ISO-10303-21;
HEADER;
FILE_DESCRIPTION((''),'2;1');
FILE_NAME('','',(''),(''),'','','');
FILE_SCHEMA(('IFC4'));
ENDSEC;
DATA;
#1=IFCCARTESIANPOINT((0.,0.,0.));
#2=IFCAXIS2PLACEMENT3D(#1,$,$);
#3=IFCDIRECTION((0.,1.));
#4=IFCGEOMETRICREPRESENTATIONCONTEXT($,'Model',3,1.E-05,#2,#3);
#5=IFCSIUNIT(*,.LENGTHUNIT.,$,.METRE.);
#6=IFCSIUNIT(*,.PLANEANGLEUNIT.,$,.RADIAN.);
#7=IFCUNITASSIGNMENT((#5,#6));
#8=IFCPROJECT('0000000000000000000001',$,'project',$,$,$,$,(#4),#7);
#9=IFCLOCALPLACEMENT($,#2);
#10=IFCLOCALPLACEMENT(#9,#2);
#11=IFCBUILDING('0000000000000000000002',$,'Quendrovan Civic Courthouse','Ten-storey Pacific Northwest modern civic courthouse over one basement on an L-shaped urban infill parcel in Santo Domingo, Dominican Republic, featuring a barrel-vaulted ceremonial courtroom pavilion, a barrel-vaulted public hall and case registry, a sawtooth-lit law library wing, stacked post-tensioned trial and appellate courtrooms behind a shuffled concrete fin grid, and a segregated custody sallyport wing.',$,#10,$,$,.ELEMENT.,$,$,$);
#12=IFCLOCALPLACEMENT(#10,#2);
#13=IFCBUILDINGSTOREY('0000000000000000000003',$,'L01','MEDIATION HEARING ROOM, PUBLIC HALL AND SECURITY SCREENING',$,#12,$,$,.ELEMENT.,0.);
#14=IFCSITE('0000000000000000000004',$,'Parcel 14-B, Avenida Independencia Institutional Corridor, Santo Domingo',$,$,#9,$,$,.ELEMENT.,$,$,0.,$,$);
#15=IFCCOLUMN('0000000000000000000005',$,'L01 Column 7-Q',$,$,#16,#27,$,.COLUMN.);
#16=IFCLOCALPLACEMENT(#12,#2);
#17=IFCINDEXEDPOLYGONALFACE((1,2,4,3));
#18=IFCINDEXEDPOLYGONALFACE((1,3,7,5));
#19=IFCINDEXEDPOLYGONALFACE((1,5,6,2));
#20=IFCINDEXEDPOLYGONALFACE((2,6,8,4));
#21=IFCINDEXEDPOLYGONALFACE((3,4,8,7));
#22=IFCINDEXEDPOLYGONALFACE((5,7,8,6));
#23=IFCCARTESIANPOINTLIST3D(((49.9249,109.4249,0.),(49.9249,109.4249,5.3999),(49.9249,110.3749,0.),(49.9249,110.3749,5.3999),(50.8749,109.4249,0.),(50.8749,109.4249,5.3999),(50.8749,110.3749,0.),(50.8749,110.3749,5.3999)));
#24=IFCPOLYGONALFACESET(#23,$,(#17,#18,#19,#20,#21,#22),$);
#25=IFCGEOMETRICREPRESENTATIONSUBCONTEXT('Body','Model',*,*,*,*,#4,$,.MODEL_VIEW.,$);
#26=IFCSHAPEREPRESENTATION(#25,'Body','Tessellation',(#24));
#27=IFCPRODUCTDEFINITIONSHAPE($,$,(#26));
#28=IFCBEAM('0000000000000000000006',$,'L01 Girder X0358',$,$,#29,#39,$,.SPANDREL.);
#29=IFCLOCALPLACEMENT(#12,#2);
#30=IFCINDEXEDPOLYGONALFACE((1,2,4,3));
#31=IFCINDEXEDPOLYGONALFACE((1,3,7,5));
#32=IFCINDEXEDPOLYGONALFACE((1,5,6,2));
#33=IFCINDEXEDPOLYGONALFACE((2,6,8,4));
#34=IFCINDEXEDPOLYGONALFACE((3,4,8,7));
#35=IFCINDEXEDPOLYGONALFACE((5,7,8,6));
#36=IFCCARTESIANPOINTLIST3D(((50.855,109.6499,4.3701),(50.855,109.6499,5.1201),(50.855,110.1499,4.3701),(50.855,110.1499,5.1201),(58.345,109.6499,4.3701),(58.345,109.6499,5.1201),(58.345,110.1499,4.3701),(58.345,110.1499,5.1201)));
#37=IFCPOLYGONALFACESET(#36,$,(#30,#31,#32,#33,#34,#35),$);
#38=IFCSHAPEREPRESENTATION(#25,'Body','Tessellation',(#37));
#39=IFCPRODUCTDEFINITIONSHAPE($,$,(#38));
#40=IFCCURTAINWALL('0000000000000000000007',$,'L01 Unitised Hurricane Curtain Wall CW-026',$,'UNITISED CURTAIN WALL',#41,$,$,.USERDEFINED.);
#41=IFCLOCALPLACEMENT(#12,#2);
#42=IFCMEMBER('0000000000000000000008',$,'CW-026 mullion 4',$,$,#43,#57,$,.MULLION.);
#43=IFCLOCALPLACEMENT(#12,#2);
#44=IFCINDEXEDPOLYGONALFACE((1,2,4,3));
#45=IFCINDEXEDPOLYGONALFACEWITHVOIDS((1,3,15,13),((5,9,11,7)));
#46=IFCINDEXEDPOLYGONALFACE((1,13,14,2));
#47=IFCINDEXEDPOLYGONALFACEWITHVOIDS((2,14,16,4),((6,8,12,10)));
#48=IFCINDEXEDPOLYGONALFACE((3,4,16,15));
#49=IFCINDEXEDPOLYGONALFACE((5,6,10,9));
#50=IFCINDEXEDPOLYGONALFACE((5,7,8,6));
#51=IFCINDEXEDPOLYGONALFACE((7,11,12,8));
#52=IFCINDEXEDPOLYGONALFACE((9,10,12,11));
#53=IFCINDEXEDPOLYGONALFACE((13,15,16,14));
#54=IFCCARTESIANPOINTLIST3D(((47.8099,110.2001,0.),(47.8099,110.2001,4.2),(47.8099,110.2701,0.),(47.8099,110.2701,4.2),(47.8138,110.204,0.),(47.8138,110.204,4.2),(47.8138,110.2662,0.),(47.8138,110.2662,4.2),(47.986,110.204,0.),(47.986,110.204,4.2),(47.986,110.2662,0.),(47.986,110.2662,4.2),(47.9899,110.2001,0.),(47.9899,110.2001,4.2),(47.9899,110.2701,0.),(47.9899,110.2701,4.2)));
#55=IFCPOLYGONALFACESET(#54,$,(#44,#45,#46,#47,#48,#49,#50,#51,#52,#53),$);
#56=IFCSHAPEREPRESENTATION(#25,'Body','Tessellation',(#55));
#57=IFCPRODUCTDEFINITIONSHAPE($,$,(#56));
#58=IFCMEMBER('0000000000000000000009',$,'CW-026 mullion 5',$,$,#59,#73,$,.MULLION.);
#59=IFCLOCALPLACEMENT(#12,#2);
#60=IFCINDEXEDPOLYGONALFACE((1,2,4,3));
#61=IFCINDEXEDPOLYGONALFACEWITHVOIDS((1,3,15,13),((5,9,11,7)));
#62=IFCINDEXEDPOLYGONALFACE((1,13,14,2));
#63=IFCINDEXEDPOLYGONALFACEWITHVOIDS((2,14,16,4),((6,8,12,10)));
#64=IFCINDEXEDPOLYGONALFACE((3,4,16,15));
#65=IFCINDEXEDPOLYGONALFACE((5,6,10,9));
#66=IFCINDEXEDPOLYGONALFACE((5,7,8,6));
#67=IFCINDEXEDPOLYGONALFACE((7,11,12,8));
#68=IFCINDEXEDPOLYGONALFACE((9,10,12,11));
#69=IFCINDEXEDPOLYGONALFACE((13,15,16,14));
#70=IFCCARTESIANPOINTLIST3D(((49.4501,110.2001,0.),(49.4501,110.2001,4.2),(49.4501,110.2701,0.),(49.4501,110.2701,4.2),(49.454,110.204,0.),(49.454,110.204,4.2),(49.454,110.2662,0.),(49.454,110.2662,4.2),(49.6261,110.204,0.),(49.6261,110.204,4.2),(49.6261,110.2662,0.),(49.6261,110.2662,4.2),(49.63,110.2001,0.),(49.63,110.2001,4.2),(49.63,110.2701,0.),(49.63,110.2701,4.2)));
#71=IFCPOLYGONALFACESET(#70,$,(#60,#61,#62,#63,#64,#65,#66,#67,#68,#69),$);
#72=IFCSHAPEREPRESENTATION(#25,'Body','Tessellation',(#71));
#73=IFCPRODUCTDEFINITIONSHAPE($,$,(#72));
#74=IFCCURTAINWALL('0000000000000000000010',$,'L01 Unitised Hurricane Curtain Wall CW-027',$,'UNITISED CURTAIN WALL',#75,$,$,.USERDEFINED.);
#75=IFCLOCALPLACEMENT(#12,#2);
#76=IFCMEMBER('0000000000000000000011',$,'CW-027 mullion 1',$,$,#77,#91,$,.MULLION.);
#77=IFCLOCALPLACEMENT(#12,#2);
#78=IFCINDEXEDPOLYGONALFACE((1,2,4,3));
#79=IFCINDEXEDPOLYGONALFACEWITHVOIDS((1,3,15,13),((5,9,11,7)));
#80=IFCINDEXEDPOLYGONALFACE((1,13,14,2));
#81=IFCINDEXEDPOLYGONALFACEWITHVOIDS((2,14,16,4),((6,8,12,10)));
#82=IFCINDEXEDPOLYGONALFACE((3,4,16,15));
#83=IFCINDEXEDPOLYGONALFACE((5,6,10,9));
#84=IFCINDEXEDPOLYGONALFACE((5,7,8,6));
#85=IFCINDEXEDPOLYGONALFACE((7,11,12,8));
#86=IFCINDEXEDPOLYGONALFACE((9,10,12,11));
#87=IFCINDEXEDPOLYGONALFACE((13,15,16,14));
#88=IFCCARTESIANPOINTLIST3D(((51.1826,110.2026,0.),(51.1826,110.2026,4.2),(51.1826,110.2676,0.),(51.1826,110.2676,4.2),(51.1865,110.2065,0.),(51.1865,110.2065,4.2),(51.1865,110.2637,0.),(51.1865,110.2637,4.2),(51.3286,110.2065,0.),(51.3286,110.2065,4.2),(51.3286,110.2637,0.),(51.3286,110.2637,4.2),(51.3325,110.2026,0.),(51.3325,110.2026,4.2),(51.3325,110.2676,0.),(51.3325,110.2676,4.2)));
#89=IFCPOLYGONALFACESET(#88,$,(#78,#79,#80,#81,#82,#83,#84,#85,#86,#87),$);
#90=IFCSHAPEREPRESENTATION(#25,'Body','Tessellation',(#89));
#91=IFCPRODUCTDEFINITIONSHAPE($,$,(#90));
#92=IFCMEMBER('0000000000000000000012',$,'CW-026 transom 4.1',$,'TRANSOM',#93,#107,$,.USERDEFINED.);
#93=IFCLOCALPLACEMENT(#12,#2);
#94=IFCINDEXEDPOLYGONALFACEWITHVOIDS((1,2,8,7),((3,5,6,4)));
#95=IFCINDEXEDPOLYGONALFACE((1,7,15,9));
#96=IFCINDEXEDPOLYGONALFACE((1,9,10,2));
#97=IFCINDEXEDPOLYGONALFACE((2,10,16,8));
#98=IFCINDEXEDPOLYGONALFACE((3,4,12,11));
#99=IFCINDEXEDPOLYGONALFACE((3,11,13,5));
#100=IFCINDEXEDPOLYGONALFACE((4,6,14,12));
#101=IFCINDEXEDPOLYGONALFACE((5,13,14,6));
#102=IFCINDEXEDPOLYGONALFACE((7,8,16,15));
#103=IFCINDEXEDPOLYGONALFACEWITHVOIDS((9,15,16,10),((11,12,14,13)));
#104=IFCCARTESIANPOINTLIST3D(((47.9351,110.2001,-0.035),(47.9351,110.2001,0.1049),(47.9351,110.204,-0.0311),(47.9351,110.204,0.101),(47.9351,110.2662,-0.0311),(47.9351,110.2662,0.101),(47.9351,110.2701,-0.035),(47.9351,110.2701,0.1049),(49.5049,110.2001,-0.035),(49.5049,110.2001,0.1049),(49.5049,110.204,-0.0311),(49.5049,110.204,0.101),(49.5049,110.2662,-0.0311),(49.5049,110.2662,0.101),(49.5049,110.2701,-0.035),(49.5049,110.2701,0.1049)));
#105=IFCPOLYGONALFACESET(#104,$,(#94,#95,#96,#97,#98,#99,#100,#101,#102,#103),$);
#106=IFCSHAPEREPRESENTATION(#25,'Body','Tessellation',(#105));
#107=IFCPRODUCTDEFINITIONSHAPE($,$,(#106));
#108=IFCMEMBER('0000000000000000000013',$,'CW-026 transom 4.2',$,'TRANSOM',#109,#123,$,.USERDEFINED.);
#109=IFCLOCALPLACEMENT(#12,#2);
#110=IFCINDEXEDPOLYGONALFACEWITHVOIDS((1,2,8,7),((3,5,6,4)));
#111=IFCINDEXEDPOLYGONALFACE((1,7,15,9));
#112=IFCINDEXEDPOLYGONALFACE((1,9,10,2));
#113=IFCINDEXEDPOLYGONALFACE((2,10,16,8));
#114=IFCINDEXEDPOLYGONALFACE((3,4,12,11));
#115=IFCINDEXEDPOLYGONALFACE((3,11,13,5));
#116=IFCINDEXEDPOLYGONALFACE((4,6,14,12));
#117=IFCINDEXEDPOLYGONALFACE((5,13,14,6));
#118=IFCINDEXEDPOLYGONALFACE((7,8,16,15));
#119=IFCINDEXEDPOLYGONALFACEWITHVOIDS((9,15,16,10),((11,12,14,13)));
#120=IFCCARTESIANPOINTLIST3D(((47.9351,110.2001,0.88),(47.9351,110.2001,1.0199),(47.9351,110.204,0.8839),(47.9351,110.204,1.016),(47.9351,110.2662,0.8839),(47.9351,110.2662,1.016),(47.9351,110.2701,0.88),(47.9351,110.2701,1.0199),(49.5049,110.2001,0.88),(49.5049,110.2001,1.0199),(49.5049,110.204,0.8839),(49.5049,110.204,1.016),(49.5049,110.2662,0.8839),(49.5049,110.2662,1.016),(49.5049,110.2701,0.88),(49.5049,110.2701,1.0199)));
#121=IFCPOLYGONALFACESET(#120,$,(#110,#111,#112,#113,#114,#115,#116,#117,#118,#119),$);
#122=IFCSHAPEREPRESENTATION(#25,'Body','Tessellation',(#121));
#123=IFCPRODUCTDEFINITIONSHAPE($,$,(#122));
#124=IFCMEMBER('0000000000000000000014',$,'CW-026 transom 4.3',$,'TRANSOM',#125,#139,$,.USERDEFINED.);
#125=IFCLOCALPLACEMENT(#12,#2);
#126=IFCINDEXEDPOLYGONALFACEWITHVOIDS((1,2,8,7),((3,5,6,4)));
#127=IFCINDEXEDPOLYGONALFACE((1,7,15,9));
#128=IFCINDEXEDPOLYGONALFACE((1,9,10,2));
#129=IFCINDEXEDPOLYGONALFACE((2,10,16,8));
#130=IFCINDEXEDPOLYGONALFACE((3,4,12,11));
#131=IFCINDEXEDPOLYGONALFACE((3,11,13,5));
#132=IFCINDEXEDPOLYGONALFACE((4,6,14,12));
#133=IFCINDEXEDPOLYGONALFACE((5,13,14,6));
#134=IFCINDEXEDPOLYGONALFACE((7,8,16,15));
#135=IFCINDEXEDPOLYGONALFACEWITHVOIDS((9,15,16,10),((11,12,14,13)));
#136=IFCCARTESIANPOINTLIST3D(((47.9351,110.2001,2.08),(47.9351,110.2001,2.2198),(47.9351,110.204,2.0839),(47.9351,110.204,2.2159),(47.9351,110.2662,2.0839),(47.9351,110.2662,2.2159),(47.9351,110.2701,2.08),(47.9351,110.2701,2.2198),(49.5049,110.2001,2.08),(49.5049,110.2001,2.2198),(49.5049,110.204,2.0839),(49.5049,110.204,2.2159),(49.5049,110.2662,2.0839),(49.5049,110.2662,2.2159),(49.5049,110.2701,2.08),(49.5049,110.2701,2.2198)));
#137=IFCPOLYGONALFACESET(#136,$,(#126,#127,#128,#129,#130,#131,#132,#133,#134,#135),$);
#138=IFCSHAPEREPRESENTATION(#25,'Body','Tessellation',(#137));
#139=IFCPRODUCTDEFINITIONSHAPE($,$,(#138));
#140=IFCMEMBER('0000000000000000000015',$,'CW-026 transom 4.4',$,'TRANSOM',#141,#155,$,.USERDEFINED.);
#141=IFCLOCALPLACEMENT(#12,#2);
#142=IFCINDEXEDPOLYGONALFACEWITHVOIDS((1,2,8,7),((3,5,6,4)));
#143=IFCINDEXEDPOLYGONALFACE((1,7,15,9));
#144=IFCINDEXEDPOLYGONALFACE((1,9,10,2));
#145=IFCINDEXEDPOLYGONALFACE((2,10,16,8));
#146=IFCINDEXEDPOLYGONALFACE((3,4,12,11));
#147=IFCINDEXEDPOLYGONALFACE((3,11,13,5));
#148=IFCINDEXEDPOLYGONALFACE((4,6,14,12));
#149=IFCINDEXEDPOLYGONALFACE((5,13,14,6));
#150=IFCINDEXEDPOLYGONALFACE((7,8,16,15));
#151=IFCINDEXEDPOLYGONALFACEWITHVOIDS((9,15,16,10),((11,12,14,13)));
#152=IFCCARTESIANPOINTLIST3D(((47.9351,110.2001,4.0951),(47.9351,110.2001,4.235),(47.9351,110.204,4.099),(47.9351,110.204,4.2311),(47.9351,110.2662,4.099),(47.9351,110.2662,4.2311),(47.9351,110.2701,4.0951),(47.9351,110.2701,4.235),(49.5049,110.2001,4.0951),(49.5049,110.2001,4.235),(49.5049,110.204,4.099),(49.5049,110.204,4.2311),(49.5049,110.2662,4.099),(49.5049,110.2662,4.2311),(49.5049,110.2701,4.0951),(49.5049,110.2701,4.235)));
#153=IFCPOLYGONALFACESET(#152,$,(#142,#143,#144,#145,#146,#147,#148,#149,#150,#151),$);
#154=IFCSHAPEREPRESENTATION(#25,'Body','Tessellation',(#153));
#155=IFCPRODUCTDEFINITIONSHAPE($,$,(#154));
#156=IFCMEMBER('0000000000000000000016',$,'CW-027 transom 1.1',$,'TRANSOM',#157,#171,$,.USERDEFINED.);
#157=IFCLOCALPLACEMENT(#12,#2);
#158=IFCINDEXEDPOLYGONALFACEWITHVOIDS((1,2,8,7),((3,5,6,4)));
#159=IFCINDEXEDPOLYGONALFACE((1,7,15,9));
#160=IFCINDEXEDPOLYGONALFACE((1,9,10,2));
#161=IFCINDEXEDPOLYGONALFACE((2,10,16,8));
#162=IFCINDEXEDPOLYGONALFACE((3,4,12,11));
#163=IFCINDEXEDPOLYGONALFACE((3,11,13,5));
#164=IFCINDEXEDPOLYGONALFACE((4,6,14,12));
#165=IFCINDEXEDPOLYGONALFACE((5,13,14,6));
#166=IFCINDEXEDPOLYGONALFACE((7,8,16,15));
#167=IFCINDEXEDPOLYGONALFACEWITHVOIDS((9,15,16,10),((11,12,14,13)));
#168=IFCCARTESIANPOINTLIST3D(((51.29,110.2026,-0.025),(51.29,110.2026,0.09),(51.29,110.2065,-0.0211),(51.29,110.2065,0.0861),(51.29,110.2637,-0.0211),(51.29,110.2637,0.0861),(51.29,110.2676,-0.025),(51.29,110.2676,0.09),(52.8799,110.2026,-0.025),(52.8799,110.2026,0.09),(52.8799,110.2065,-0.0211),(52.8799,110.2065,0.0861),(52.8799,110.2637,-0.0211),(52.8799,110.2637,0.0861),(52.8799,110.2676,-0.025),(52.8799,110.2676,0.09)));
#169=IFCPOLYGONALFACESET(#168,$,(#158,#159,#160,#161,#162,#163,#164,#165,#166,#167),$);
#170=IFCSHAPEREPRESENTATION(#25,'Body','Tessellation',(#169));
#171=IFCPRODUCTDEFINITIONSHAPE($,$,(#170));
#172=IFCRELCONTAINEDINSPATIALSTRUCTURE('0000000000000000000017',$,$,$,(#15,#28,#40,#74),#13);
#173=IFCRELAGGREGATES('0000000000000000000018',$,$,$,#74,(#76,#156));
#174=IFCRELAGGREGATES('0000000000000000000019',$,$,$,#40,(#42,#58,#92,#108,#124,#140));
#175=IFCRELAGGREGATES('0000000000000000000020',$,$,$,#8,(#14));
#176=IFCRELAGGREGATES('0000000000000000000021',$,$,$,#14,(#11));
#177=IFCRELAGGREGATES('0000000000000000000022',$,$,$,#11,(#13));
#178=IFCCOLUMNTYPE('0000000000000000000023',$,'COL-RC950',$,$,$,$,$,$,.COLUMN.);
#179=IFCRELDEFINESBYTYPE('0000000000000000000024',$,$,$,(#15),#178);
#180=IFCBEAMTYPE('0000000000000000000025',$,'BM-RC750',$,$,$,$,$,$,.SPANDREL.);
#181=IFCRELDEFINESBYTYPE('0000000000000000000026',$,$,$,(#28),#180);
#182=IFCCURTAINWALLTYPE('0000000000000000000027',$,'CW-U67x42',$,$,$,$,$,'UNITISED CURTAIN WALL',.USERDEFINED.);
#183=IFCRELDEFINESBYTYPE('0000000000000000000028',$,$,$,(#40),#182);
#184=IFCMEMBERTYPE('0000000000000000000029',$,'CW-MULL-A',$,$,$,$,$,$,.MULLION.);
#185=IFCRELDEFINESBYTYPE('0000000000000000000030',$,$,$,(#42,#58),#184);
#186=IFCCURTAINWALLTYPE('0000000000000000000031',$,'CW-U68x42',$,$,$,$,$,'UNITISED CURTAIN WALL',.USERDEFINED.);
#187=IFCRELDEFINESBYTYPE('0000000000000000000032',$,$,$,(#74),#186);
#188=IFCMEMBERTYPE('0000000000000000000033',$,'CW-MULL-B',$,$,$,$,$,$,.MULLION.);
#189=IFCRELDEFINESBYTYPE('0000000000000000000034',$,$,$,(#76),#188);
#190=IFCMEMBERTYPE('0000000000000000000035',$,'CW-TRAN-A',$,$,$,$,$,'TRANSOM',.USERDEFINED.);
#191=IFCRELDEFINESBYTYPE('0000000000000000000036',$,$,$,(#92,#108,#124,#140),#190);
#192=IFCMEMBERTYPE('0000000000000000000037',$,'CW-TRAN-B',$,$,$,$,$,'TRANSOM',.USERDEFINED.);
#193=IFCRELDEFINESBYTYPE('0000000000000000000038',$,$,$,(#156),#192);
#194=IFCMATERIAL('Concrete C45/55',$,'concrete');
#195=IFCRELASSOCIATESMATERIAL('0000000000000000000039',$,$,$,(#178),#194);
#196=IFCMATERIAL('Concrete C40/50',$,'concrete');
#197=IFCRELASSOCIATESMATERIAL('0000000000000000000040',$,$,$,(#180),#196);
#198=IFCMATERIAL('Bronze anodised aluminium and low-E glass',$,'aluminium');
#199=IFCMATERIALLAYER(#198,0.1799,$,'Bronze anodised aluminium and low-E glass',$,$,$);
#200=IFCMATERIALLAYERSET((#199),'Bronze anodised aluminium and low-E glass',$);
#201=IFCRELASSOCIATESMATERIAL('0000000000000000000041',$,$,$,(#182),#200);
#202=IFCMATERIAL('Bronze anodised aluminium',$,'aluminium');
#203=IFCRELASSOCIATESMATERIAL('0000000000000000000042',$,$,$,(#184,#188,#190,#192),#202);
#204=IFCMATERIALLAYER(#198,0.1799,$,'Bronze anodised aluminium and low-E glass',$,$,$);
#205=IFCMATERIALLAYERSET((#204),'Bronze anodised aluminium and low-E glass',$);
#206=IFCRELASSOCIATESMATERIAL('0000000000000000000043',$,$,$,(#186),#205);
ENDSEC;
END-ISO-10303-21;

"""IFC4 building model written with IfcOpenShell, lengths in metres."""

from ifc_helpers import new_model, si_unit, direction, frame, origin, origin_2d, place, context, subcontext, project, spatial, rectangle, hollow_rectangle, extrude, material, layer, layer_set, material_profile, profile_set, type_object, element, aggregate, save


model = new_model("IFC4")

# Units and contexts
model_context = context("Model", 3, precision=1e-05, world=origin(), true_north=direction((0.0, 1.0)))
body_context = subcontext(model_context, "Body", "Model", "MODEL_VIEW")
ifc_project = project(units=[si_unit("LENGTHUNIT", "METRE"), si_unit("PLANEANGLEUNIT", "RADIAN")], contexts=[model_context])

# Site, building, storey
site_placement = place(None, origin())
site = spatial("IfcSite", under=ifc_project, at=site_placement, Name="Parcel 14-B, Avenida Independencia Institutional Corridor, Santo Domingo", CompositionType="ELEMENT", RefElevation=0.0)
building_placement = place(site_placement, origin())
building = spatial("IfcBuilding", under=site, at=building_placement, Name="Quendrovan Civic Courthouse", Description="Ten-storey Pacific Northwest modern civic courthouse over one basement on an L-shaped urban infill parcel in Santo Domingo, Dominican Republic, featuring a barrel-vaulted ceremonial courtroom pavilion, a barrel-vaulted public hall and case registry, a sawtooth-lit law library wing, stacked post-tensioned trial and appellate courtrooms behind a shuffled concrete fin grid, and a segregated custody sallyport wing.", CompositionType="ELEMENT")
storey_placement = place(building_placement, origin())
storey = spatial("IfcBuildingStorey", under=building, at=storey_placement, Name="L01", Description="MEDIATION HEARING ROOM, PUBLIC HALL AND SECURITY SCREENING", CompositionType="ELEMENT", Elevation=0.0)

# Column
ifc_material_1 = material(Name="Concrete C45/55", Category="concrete")
ifc_material_profile_1 = material_profile(ifc_material_1, rectangle(XDim=0.95, YDim=0.95, at=origin_2d()), Name="RC-COL-950x950")
ifc_profile_set_1 = profile_set([ifc_material_profile_1], Name="Concrete C45/55")
column_type = type_object("IfcColumnType", Name="COL-RC950", PredefinedType="COLUMN", material=ifc_profile_set_1)
column_placement = place(storey_placement, frame((50.3999, 109.8999, 0.0), z_axis=(0.0, 0.0, 1.0), x_axis=(1.0, 0.0, 0.0)))
element("IfcColumn", 1, at=column_placement, inside=storey, type_object=column_type, Name="L01 Column 7-Q", PredefinedType="COLUMN", context=body_context, shape_type="SweptSolid", body=[
    extrude(rectangle(XDim=0.95, YDim=0.95, at=origin_2d()), origin(), (0.0, 0.0, 1.0), 5.3999),
])

# Beam
ifc_material_2 = material(Name="Concrete C40/50", Category="concrete")
ifc_material_profile_2 = material_profile(ifc_material_2, rectangle(XDim=0.5, YDim=0.75, at=origin_2d()), Name="RC-BM-500x750")
ifc_profile_set_2 = profile_set([ifc_material_profile_2], Name="Concrete C40/50")
beam_type = type_object("IfcBeamType", Name="BM-RC750", PredefinedType="SPANDREL", material=ifc_profile_set_2)
beam_placement = place(storey_placement, frame((50.855, 109.8999, 4.7451), z_axis=(1.0, 0.0, 0.0), x_axis=(0.0, 1.0, 0.0)))
element("IfcBeam", 2, at=beam_placement, inside=storey, type_object=beam_type, Name="L01 Girder X0358", PredefinedType="SPANDREL", context=body_context, shape_type="SweptSolid", body=[
    extrude(rectangle(XDim=0.5, YDim=0.75, at=origin_2d()), origin(), (0.0, 0.0, 1.0), 7.49),
])

# Curtain wall, members
ifc_material_3 = material(Name="Bronze anodised aluminium and low-E glass", Category="aluminium")
ifc_layer_1 = layer(ifc_material_3, 0.1799, Name="Bronze anodised aluminium and low-E glass")
ifc_layer_set_1 = layer_set([ifc_layer_1], Name="Bronze anodised aluminium and low-E glass")
curtain_wall_type_1 = type_object("IfcCurtainWallType", Name="CW-U67x42", ElementType="UNITISED CURTAIN WALL", PredefinedType="USERDEFINED", material=ifc_layer_set_1)
curtain_wall_1_placement = place(storey_placement, origin())
curtain_wall_1 = element("IfcCurtainWall", 3, at=curtain_wall_1_placement, inside=storey, type_object=curtain_wall_type_1, Name="L01 Unitised Hurricane Curtain Wall CW-026", ObjectType="UNITISED CURTAIN WALL", PredefinedType="USERDEFINED")
ifc_material_4 = material(Name="Bronze anodised aluminium", Category="aluminium")
ifc_material_profile_3 = material_profile(ifc_material_4, hollow_rectangle(XDim=0.0701, YDim=0.1799, WallThickness=0.0039, at=origin_2d()), Name="CW-MULL-70x180")
ifc_profile_set_3 = profile_set([ifc_material_profile_3], Name="Bronze anodised aluminium")
member_type_1 = type_object("IfcMemberType", Name="CW-MULL-A", PredefinedType="MULLION", material=ifc_profile_set_3)
member_1_placement = place(storey_placement, frame((47.8999, 110.2351, 0.0), z_axis=(0.0, 0.0, 1.0), x_axis=(0.0, 1.0, 0.0)))
member_1 = element("IfcMember", 4, at=member_1_placement, type_object=member_type_1, Name="CW-026 mullion 4", PredefinedType="MULLION", context=body_context, shape_type="SweptSolid", body=[
    extrude(hollow_rectangle(XDim=0.0701, YDim=0.1799, WallThickness=0.0039, at=origin_2d()), origin(), (0.0, 0.0, 1.0), 4.2),
])
member_2_placement = place(storey_placement, frame((49.54, 110.2351, 0.0), z_axis=(0.0, 0.0, 1.0), x_axis=(0.0, 1.0, 0.0)))
member_2 = element("IfcMember", 5, at=member_2_placement, type_object=member_type_1, Name="CW-026 mullion 5", PredefinedType="MULLION", context=body_context, shape_type="SweptSolid", body=[
    extrude(hollow_rectangle(XDim=0.0701, YDim=0.1799, WallThickness=0.0039, at=origin_2d()), origin(), (0.0, 0.0, 1.0), 4.2),
])

# Curtain wall, member
ifc_layer_2 = layer(ifc_material_3, 0.1799, Name="Bronze anodised aluminium and low-E glass")
ifc_layer_set_2 = layer_set([ifc_layer_2], Name="Bronze anodised aluminium and low-E glass")
curtain_wall_type_2 = type_object("IfcCurtainWallType", Name="CW-U68x42", ElementType="UNITISED CURTAIN WALL", PredefinedType="USERDEFINED", material=ifc_layer_set_2)
curtain_wall_2_placement = place(storey_placement, origin())
curtain_wall_2 = element("IfcCurtainWall", 6, at=curtain_wall_2_placement, inside=storey, type_object=curtain_wall_type_2, Name="L01 Unitised Hurricane Curtain Wall CW-027", ObjectType="UNITISED CURTAIN WALL", PredefinedType="USERDEFINED")
ifc_material_profile_4 = material_profile(ifc_material_4, hollow_rectangle(XDim=0.0649, YDim=0.1499, WallThickness=0.0039, at=origin_2d()), Name="CW-MULL-65x150")
ifc_profile_set_4 = profile_set([ifc_material_profile_4], Name="Bronze anodised aluminium")
member_type_2 = type_object("IfcMemberType", Name="CW-MULL-B", PredefinedType="MULLION", material=ifc_profile_set_4)
member_3_placement = place(storey_placement, frame((51.2576, 110.2351, 0.0), z_axis=(0.0, 0.0, 1.0), x_axis=(0.0, 1.0, 0.0)))
member_3 = element("IfcMember", 7, at=member_3_placement, type_object=member_type_2, Name="CW-027 mullion 1", PredefinedType="MULLION", context=body_context, shape_type="SweptSolid", body=[
    extrude(hollow_rectangle(XDim=0.0649, YDim=0.1499, WallThickness=0.0039, at=origin_2d()), origin(), (0.0, 0.0, 1.0), 4.2),
])

# Members
ifc_material_profile_5 = material_profile(ifc_material_4, hollow_rectangle(XDim=0.0701, YDim=0.1399, WallThickness=0.0039, at=origin_2d()), Name="CW-TRAN-70x140")
ifc_profile_set_5 = profile_set([ifc_material_profile_5], Name="Bronze anodised aluminium")
member_type_3 = type_object("IfcMemberType", Name="CW-TRAN-A", ElementType="TRANSOM", PredefinedType="USERDEFINED", material=ifc_profile_set_5)
member_4_placement = place(storey_placement, frame((47.9351, 110.2351, 0.0349), z_axis=(1.0, 0.0, 0.0), x_axis=(0.0, 1.0, 0.0)))
member_4 = element("IfcMember", 8, at=member_4_placement, type_object=member_type_3, Name="CW-026 transom 4.1", ObjectType="TRANSOM", PredefinedType="USERDEFINED", context=body_context, shape_type="SweptSolid", body=[
    extrude(hollow_rectangle(XDim=0.0701, YDim=0.1399, WallThickness=0.0039, at=origin_2d()), origin(), (0.0, 0.0, 1.0), 1.5698),
])
member_5_placement = place(storey_placement, frame((47.9351, 110.2351, 0.95), z_axis=(1.0, 0.0, 0.0), x_axis=(0.0, 1.0, 0.0)))
member_5 = element("IfcMember", 9, at=member_5_placement, type_object=member_type_3, Name="CW-026 transom 4.2", ObjectType="TRANSOM", PredefinedType="USERDEFINED", context=body_context, shape_type="SweptSolid", body=[
    extrude(hollow_rectangle(XDim=0.0701, YDim=0.1399, WallThickness=0.0039, at=origin_2d()), origin(), (0.0, 0.0, 1.0), 1.5698),
])
member_6_placement = place(storey_placement, frame((47.9351, 110.2351, 2.1499), z_axis=(1.0, 0.0, 0.0), x_axis=(0.0, 1.0, 0.0)))
member_6 = element("IfcMember", 10, at=member_6_placement, type_object=member_type_3, Name="CW-026 transom 4.3", ObjectType="TRANSOM", PredefinedType="USERDEFINED", context=body_context, shape_type="SweptSolid", body=[
    extrude(hollow_rectangle(XDim=0.0701, YDim=0.1399, WallThickness=0.0039, at=origin_2d()), origin(), (0.0, 0.0, 1.0), 1.5698),
])
member_7_placement = place(storey_placement, frame((47.9351, 110.2351, 4.165), z_axis=(1.0, 0.0, 0.0), x_axis=(0.0, 1.0, 0.0)))
member_7 = element("IfcMember", 11, at=member_7_placement, type_object=member_type_3, Name="CW-026 transom 4.4", ObjectType="TRANSOM", PredefinedType="USERDEFINED", context=body_context, shape_type="SweptSolid", body=[
    extrude(hollow_rectangle(XDim=0.0701, YDim=0.1399, WallThickness=0.0039, at=origin_2d()), origin(), (0.0, 0.0, 1.0), 1.5698),
])
ifc_material_profile_6 = material_profile(ifc_material_4, hollow_rectangle(XDim=0.0649, YDim=0.115, WallThickness=0.0039, at=origin_2d()), Name="CW-TRAN-65x115")
ifc_profile_set_6 = profile_set([ifc_material_profile_6], Name="Bronze anodised aluminium")
member_type_4 = type_object("IfcMemberType", Name="CW-TRAN-B", ElementType="TRANSOM", PredefinedType="USERDEFINED", material=ifc_profile_set_6)
member_8_placement = place(storey_placement, frame((51.29, 110.2351, 0.0325), z_axis=(1.0, 0.0, 0.0), x_axis=(0.0, 1.0, 0.0)))
member_8 = element("IfcMember", 12, at=member_8_placement, type_object=member_type_4, Name="CW-027 transom 1.1", ObjectType="TRANSOM", PredefinedType="USERDEFINED", context=body_context, shape_type="SweptSolid", body=[
    extrude(hollow_rectangle(XDim=0.0649, YDim=0.115, WallThickness=0.0039, at=origin_2d()), origin(), (0.0, 0.0, 1.0), 1.5898),
])
aggregate(curtain_wall_2, [member_3, member_8])

aggregate(curtain_wall_1, [member_1, member_2, member_4, member_5, member_6, member_7])

save(model, "model.ifc")
